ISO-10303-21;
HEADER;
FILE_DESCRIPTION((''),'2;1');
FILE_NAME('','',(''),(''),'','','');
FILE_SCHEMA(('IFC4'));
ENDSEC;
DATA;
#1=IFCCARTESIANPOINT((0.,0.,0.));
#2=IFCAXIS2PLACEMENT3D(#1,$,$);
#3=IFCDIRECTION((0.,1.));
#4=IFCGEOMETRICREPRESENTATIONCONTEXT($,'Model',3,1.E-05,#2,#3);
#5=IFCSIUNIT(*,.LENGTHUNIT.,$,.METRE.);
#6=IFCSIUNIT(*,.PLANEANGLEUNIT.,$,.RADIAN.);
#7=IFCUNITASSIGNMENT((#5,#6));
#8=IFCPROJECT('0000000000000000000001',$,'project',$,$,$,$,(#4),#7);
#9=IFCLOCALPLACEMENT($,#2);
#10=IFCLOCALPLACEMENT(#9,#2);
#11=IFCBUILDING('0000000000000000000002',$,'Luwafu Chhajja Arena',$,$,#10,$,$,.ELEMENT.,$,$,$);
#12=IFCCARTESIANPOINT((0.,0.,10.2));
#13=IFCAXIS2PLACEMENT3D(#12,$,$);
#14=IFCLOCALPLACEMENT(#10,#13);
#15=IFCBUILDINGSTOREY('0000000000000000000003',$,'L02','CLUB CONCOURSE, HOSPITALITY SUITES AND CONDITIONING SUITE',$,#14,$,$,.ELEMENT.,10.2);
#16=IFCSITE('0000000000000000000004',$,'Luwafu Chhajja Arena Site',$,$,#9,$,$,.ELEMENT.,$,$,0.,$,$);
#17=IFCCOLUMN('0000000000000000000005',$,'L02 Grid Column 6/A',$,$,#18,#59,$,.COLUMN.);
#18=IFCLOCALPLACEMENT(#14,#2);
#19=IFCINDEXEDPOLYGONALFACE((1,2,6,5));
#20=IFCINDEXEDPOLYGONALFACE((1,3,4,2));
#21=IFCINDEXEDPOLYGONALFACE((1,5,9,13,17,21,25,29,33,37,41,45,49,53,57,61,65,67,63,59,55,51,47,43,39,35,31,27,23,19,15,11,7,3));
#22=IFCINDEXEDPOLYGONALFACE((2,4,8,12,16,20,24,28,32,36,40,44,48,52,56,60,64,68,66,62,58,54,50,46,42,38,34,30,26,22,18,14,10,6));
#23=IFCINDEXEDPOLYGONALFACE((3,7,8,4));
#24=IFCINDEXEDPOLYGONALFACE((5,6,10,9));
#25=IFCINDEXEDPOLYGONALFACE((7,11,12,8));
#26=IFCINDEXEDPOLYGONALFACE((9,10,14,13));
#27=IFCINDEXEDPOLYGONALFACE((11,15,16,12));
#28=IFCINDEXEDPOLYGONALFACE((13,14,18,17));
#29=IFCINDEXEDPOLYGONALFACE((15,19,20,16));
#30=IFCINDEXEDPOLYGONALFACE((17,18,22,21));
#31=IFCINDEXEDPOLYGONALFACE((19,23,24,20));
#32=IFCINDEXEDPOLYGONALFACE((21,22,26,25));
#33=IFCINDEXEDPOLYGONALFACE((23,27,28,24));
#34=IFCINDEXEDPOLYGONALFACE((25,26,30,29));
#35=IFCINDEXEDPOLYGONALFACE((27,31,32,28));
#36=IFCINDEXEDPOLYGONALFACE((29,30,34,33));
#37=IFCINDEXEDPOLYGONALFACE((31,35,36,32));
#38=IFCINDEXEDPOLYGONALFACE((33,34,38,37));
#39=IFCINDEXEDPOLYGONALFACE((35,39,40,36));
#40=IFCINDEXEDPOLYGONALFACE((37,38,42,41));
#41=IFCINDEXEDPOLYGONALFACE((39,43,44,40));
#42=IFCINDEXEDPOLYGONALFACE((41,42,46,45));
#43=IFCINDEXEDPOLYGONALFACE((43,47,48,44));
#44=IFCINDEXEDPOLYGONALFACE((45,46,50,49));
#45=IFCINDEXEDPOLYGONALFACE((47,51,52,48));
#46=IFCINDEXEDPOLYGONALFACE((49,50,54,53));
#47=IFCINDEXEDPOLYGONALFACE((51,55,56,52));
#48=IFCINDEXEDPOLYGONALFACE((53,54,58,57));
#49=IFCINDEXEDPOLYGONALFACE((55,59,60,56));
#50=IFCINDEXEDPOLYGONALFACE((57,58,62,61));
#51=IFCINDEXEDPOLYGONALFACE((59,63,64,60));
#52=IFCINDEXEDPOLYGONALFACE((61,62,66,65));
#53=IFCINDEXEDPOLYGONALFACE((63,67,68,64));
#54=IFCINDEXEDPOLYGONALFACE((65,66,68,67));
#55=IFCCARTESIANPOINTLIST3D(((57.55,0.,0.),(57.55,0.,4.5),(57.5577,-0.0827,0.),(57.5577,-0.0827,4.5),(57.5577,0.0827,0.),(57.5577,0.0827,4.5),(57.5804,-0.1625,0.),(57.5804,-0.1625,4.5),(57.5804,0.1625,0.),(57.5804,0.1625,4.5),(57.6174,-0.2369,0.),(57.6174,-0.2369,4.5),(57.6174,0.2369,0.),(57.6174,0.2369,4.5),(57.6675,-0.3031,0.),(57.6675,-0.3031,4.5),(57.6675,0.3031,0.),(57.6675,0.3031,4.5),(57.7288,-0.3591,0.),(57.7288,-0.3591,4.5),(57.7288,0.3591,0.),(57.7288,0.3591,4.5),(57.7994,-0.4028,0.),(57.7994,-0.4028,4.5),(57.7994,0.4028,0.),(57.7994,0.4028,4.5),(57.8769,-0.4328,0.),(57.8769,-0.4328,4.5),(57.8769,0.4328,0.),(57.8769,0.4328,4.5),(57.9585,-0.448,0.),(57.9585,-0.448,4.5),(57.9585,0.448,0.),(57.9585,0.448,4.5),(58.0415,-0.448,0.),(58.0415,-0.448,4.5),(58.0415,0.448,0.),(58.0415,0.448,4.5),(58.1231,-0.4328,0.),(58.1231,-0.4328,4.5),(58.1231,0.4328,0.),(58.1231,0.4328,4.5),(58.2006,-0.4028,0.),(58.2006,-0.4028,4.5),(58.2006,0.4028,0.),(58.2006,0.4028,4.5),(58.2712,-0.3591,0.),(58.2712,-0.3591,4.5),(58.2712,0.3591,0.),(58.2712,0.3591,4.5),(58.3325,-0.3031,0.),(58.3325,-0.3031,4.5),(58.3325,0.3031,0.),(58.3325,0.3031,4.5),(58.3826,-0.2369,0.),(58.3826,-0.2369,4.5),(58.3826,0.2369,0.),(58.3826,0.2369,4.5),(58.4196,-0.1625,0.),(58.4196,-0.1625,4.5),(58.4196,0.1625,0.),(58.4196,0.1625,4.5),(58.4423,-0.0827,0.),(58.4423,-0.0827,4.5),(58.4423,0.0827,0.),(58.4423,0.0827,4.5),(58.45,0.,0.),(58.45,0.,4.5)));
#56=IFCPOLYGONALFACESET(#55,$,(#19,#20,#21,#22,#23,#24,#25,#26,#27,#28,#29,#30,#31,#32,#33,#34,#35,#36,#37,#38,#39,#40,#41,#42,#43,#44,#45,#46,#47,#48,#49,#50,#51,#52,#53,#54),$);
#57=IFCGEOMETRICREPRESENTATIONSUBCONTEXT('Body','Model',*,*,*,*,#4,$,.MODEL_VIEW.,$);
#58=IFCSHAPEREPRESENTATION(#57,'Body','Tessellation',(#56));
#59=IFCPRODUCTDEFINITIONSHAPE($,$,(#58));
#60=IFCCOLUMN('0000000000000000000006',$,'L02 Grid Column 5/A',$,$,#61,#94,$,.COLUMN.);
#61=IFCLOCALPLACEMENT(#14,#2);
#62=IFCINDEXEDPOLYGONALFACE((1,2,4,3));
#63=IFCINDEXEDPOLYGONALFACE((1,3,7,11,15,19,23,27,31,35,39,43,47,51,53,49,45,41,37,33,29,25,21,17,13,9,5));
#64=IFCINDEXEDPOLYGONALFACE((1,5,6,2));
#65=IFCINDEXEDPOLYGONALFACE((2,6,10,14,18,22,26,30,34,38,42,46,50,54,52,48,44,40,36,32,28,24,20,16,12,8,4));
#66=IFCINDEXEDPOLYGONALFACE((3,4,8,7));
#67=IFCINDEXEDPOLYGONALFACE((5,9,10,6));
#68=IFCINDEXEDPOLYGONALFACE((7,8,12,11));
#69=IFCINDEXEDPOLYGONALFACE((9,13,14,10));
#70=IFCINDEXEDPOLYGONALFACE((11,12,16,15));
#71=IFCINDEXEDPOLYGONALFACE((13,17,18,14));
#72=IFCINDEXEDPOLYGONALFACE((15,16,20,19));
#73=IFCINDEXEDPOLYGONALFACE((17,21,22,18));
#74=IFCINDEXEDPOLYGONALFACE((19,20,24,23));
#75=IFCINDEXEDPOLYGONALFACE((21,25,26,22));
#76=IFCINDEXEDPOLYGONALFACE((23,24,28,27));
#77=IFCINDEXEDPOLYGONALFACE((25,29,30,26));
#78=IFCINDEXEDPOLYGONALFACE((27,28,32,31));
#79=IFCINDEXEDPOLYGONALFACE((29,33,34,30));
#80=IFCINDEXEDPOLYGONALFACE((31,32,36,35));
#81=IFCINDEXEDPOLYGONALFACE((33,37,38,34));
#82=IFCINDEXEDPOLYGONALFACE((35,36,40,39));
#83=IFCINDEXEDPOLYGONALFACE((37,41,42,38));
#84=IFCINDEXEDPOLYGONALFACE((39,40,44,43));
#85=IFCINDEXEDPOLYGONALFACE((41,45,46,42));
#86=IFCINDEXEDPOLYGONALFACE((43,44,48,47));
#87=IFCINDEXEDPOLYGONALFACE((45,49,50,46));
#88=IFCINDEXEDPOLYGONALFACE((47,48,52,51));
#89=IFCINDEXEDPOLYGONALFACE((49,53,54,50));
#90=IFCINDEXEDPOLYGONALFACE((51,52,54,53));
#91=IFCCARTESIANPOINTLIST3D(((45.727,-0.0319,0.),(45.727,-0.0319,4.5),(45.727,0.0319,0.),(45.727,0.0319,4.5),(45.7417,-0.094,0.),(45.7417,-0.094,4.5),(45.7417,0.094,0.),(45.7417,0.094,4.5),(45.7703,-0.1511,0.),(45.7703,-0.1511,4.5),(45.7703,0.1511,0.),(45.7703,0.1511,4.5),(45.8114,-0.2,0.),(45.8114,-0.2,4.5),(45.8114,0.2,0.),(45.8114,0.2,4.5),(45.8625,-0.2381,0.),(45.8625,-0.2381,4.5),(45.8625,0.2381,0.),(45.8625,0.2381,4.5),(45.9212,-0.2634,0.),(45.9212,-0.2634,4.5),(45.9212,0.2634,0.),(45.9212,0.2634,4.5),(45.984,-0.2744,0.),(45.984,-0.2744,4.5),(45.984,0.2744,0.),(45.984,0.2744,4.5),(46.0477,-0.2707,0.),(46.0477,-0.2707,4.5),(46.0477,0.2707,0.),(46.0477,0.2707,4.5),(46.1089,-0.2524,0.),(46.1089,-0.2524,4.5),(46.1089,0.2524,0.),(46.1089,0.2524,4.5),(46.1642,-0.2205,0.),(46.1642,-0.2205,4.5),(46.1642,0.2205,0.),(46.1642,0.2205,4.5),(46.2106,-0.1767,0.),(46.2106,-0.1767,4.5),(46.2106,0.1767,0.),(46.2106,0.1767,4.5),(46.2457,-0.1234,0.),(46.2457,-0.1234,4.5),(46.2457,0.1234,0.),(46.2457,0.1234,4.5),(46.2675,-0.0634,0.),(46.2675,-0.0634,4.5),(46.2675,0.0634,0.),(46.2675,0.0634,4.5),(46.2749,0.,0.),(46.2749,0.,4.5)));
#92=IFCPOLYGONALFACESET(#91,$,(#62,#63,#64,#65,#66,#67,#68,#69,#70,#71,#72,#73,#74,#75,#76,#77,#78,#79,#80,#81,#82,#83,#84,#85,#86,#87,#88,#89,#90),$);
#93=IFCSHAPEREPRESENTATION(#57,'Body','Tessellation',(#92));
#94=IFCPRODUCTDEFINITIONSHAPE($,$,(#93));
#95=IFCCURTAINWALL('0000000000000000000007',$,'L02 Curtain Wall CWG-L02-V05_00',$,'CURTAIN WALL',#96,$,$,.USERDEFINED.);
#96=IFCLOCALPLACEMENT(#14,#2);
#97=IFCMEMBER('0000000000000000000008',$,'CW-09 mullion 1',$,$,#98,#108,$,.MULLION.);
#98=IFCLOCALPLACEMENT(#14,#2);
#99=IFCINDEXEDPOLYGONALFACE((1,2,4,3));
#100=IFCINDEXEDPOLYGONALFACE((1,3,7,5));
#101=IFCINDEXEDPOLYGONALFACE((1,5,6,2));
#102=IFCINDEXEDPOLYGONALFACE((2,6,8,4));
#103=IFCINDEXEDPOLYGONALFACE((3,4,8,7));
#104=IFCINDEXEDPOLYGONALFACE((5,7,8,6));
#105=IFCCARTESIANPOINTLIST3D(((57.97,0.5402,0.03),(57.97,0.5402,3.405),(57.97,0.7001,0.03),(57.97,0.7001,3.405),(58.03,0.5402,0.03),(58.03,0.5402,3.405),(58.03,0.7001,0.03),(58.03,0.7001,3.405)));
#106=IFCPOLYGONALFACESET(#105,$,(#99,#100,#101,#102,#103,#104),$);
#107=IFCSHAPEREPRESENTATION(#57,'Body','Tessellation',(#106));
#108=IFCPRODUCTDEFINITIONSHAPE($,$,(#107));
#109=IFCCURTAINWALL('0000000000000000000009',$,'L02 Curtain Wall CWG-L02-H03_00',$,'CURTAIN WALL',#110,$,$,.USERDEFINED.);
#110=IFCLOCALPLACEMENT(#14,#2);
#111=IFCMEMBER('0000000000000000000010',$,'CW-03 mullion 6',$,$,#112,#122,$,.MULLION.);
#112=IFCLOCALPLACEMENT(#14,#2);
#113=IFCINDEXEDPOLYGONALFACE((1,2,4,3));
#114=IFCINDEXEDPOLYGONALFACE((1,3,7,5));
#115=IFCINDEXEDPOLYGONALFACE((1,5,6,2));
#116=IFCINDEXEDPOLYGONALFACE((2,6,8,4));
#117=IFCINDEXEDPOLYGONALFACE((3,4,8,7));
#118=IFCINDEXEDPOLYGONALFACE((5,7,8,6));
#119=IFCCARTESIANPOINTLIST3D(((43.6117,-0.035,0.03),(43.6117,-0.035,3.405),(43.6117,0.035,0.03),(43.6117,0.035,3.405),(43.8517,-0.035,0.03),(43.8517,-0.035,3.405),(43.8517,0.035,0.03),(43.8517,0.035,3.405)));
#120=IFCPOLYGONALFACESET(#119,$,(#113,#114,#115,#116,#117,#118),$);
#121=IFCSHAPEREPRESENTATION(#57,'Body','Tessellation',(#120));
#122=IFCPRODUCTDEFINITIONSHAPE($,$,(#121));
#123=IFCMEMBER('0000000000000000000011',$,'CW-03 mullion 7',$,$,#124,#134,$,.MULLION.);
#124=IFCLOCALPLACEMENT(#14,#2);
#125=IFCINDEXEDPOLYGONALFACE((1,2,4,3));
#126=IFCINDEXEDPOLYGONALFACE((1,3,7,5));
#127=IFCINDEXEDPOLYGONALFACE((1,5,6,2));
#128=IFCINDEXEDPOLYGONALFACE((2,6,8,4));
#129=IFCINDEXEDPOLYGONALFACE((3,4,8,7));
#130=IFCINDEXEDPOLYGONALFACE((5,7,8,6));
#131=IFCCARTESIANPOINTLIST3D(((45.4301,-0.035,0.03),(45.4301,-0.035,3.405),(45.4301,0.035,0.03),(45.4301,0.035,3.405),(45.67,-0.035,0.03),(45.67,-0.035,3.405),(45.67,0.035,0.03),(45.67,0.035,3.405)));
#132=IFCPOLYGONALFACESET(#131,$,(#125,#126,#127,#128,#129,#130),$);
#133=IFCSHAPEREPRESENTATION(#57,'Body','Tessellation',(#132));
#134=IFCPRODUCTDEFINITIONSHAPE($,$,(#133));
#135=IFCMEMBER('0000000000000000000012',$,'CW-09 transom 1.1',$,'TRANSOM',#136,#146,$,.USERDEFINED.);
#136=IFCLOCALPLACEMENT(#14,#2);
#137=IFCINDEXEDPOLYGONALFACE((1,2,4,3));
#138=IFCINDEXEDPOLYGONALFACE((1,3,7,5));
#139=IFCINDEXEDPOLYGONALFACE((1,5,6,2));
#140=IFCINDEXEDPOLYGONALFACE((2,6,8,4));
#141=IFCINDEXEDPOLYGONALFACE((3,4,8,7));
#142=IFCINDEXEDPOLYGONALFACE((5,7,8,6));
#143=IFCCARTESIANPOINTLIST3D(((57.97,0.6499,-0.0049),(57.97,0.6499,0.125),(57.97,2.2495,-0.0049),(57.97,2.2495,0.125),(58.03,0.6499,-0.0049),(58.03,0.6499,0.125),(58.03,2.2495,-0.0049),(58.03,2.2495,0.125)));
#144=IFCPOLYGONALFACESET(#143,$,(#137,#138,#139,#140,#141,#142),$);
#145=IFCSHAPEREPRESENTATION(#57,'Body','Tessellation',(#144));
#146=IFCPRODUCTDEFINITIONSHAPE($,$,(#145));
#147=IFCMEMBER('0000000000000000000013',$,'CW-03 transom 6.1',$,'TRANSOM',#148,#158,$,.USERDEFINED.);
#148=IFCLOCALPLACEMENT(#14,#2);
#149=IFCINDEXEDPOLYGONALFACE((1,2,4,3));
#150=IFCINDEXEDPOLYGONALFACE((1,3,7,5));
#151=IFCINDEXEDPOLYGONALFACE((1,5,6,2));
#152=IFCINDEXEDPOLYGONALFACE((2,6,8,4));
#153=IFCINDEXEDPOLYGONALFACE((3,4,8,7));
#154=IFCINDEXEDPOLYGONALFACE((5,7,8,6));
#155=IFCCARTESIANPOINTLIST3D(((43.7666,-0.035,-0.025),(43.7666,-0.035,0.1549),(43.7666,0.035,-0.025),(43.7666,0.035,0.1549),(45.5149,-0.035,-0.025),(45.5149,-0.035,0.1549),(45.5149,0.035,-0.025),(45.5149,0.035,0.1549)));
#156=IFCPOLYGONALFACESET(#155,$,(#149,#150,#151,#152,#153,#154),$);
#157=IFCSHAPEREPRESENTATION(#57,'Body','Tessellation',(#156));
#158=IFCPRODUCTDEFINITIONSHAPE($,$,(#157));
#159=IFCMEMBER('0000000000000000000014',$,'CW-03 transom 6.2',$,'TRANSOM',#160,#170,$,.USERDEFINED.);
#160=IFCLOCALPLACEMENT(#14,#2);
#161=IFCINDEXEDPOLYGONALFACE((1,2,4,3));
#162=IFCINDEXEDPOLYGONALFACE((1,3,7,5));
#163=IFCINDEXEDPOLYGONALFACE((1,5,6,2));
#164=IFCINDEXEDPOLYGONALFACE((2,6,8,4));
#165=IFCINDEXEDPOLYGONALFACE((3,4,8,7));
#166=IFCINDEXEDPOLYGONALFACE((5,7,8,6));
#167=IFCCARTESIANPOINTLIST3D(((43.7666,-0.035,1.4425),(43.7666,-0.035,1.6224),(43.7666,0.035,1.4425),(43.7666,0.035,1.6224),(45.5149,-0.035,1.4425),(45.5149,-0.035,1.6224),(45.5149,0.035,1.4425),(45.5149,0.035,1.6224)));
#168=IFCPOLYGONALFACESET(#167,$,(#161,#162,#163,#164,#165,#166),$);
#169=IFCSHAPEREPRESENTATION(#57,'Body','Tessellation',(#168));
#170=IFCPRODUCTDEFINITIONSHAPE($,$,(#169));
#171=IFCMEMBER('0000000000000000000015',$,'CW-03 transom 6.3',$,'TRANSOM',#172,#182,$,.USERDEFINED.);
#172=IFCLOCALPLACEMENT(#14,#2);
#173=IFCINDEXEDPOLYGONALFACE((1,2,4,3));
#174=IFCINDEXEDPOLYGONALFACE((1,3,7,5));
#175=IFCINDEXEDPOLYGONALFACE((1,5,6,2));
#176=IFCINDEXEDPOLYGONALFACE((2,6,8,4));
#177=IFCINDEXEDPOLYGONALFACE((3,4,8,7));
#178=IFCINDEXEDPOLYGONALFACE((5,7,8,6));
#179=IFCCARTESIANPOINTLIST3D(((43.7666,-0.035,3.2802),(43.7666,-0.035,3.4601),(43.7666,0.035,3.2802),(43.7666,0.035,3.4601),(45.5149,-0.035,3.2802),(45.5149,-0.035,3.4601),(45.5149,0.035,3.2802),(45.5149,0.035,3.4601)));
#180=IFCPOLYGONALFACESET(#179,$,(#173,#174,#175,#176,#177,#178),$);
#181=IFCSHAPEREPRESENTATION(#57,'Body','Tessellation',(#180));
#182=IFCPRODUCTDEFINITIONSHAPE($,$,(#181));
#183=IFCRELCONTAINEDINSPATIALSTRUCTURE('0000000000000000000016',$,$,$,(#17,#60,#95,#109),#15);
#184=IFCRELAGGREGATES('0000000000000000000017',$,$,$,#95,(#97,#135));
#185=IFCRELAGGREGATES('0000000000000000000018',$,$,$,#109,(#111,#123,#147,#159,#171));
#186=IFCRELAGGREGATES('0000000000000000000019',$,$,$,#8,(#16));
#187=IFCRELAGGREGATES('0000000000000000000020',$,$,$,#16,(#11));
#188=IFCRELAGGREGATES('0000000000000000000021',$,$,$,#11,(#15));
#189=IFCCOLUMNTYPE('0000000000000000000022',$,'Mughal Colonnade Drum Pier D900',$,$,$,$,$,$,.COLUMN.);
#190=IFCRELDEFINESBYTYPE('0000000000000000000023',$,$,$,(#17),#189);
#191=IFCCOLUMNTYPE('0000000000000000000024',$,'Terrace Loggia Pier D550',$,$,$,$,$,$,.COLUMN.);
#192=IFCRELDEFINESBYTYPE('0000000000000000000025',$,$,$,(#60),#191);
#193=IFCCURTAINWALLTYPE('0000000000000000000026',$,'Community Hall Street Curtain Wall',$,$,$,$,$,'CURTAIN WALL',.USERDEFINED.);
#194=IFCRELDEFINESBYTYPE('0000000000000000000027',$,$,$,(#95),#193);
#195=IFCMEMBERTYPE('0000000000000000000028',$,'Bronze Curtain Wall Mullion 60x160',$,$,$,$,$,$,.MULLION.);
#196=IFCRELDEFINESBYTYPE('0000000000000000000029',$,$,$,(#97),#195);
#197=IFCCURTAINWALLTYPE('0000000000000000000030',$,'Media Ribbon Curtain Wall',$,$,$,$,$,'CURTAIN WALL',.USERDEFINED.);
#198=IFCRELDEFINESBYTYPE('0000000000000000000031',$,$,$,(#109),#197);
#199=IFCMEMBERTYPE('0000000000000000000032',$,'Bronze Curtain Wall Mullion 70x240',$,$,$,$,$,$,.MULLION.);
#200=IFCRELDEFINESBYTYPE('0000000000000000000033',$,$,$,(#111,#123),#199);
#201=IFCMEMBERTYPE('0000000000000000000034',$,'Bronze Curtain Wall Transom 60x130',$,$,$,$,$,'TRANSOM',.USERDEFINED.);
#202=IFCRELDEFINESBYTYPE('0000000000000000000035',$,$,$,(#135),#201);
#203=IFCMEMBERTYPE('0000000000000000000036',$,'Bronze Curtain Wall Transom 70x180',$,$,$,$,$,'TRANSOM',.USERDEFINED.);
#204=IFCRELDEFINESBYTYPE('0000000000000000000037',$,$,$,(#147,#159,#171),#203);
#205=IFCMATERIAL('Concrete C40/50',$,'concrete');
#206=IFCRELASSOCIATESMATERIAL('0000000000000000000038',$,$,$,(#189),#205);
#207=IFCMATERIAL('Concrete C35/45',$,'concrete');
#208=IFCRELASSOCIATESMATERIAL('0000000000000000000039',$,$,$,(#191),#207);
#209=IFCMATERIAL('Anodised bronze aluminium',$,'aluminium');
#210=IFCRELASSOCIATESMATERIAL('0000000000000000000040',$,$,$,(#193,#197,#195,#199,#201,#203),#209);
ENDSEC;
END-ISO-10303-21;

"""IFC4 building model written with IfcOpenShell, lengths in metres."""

from ifc_helpers import new_model, si_unit, direction, frame, origin, origin_2d, place, context, subcontext, project, spatial, rectangle, circle, extrude, material, material_profile, profile_set, type_object, element, aggregate, save


model = new_model("IFC4")

# Units and contexts
model_context = context("Model", 3, precision=1e-05, world=origin(), true_north=direction((0.0, 1.0)))
body_context = subcontext(model_context, "Body", "Model", "MODEL_VIEW")
ifc_project = project(units=[si_unit("LENGTHUNIT", "METRE"), si_unit("PLANEANGLEUNIT", "RADIAN")], contexts=[model_context])

# Site, building, storey
site_placement = place(None, origin())
site = spatial("IfcSite", under=ifc_project, at=site_placement, Name="Luwafu Chhajja Arena Site", CompositionType="ELEMENT", RefElevation=0.0)
building_placement = place(site_placement, origin())
building = spatial("IfcBuilding", under=site, at=building_placement, Name="Luwafu Chhajja Arena", CompositionType="ELEMENT")
storey_placement = place(building_placement, frame((0.0, 0.0, 10.2)))
storey = spatial("IfcBuildingStorey", under=building, at=storey_placement, Name="L02", Description="CLUB CONCOURSE, HOSPITALITY SUITES AND CONDITIONING SUITE", CompositionType="ELEMENT", Elevation=10.2)

# Columns
ifc_material_1 = material(Name="Concrete C40/50", Category="concrete")
ifc_material_profile_1 = material_profile(ifc_material_1, circle(Radius=0.45, at=origin_2d()), Name="RC COL D900")
ifc_profile_set_1 = profile_set([ifc_material_profile_1], Name="Concrete C40/50")
column_type_1 = type_object("IfcColumnType", Name="Mughal Colonnade Drum Pier D900", PredefinedType="COLUMN", material=ifc_profile_set_1)
column_1_placement = place(storey_placement, frame((58.0, 0.0, 0.0), z_axis=(0.0, 0.0, 1.0), x_axis=(1.0, 0.0, 0.0)))
element("IfcColumn", 1, at=column_1_placement, inside=storey, type_object=column_type_1, Name="L02 Grid Column 6/A", PredefinedType="COLUMN", context=body_context, shape_type="SweptSolid", body=[
    extrude(circle(Radius=0.45, at=origin_2d()), origin(), (0.0, 0.0, 1.0), 4.5),
])
ifc_material_2 = material(Name="Concrete C35/45", Category="concrete")
ifc_material_profile_2 = material_profile(ifc_material_2, circle(Radius=0.2749, at=origin_2d()), Name="RC COL D550")
ifc_profile_set_2 = profile_set([ifc_material_profile_2], Name="Concrete C35/45")
column_type_2 = type_object("IfcColumnType", Name="Terrace Loggia Pier D550", PredefinedType="COLUMN", material=ifc_profile_set_2)
column_2_placement = place(storey_placement, frame((46.0, 0.0, 0.0), z_axis=(0.0, 0.0, 1.0), x_axis=(1.0, 0.0, 0.0)))
element("IfcColumn", 2, at=column_2_placement, inside=storey, type_object=column_type_2, Name="L02 Grid Column 5/A", PredefinedType="COLUMN", context=body_context, shape_type="SweptSolid", body=[
    extrude(circle(Radius=0.2749, at=origin_2d()), origin(), (0.0, 0.0, 1.0), 4.5),
])

# Curtain wall, member
ifc_material_3 = material(Name="Anodised bronze aluminium", Category="aluminium")
curtain_wall_type_1 = type_object("IfcCurtainWallType", Name="Community Hall Street Curtain Wall", ElementType="CURTAIN WALL", PredefinedType="USERDEFINED", material=ifc_material_3)
curtain_wall_1_placement = place(storey_placement, origin())
curtain_wall_1 = element("IfcCurtainWall", 3, at=curtain_wall_1_placement, inside=storey, type_object=curtain_wall_type_1, Name="L02 Curtain Wall CWG-L02-V05_00", ObjectType="CURTAIN WALL", PredefinedType="USERDEFINED")
ifc_material_profile_3 = material_profile(ifc_material_3, rectangle(XDim=0.0601, YDim=0.1599, at=origin_2d()), Name="CWM 60x160")
ifc_profile_set_3 = profile_set([ifc_material_profile_3], Name="Anodised bronze aluminium")
member_type_1 = type_object("IfcMemberType", Name="Bronze Curtain Wall Mullion 60x160", PredefinedType="MULLION", material=ifc_profile_set_3)
member_1_placement = place(storey_placement, frame((58.0, 0.6201, 0.03), z_axis=(0.0, 0.0, 1.0), x_axis=(-1.0, 0.0, 0.0)))
member_1 = element("IfcMember", 4, at=member_1_placement, type_object=member_type_1, Name="CW-09 mullion 1", PredefinedType="MULLION", context=body_context, shape_type="SweptSolid", body=[
    extrude(rectangle(XDim=0.0601, YDim=0.1599, at=origin_2d()), origin(), (0.0, 0.0, 1.0), 3.375),
])

# Curtain wall, members
curtain_wall_type_2 = type_object("IfcCurtainWallType", Name="Media Ribbon Curtain Wall", ElementType="CURTAIN WALL", PredefinedType="USERDEFINED", material=ifc_material_3)
curtain_wall_2_placement = place(storey_placement, origin())
curtain_wall_2 = element("IfcCurtainWall", 5, at=curtain_wall_2_placement, inside=storey, type_object=curtain_wall_type_2, Name="L02 Curtain Wall CWG-L02-H03_00", ObjectType="CURTAIN WALL", PredefinedType="USERDEFINED")
ifc_material_profile_4 = material_profile(ifc_material_3, rectangle(XDim=0.0701, YDim=0.24, at=origin_2d()), Name="CWM 70x240")
ifc_profile_set_4 = profile_set([ifc_material_profile_4], Name="Anodised bronze aluminium")
member_type_2 = type_object("IfcMemberType", Name="Bronze Curtain Wall Mullion 70x240", PredefinedType="MULLION", material=ifc_profile_set_4)
member_2_placement = place(storey_placement, frame((43.7317, 0.0, 0.03), z_axis=(0.0, 0.0, 1.0), x_axis=(0.0, 1.0, 0.0)))
member_2 = element("IfcMember", 6, at=member_2_placement, type_object=member_type_2, Name="CW-03 mullion 6", PredefinedType="MULLION", context=body_context, shape_type="SweptSolid", body=[
    extrude(rectangle(XDim=0.0701, YDim=0.24, at=origin_2d()), origin(), (0.0, 0.0, 1.0), 3.375),
])
member_3_placement = place(storey_placement, frame((45.55, 0.0, 0.03), z_axis=(0.0, 0.0, 1.0), x_axis=(0.0, 1.0, 0.0)))
member_3 = element("IfcMember", 7, at=member_3_placement, type_object=member_type_2, Name="CW-03 mullion 7", PredefinedType="MULLION", context=body_context, shape_type="SweptSolid", body=[
    extrude(rectangle(XDim=0.0701, YDim=0.24, at=origin_2d()), origin(), (0.0, 0.0, 1.0), 3.375),
])

# Members
ifc_material_profile_5 = material_profile(ifc_material_3, rectangle(XDim=0.0601, YDim=0.1299, at=origin_2d()), Name="CWT 60x130")
ifc_profile_set_5 = profile_set([ifc_material_profile_5], Name="Anodised bronze aluminium")
member_type_3 = type_object("IfcMemberType", Name="Bronze Curtain Wall Transom 60x130", ElementType="TRANSOM", PredefinedType="USERDEFINED", material=ifc_profile_set_5)
member_4_placement = place(storey_placement, frame((58.0, 0.6499, 0.0601), z_axis=(0.0, 1.0, 0.0), x_axis=(-1.0, 0.0, 0.0)))
member_4 = element("IfcMember", 8, at=member_4_placement, type_object=member_type_3, Name="CW-09 transom 1.1", ObjectType="TRANSOM", PredefinedType="USERDEFINED", context=body_context, shape_type="SweptSolid", body=[
    extrude(rectangle(XDim=0.0601, YDim=0.1299, at=origin_2d()), origin(), (0.0, 0.0, 1.0), 1.5996),
])
aggregate(curtain_wall_1, [member_1, member_4])
ifc_material_profile_6 = material_profile(ifc_material_3, rectangle(XDim=0.0701, YDim=0.1799, at=origin_2d()), Name="CWT 70x180")
ifc_profile_set_6 = profile_set([ifc_material_profile_6], Name="Anodised bronze aluminium")
member_type_4 = type_object("IfcMemberType", Name="Bronze Curtain Wall Transom 70x180", ElementType="TRANSOM", PredefinedType="USERDEFINED", material=ifc_profile_set_6)
member_5_placement = place(storey_placement, frame((43.7666, 0.0, 0.0649), z_axis=(1.0, 0.0, 0.0), x_axis=(0.0, 1.0, 0.0)))
member_5 = element("IfcMember", 9, at=member_5_placement, type_object=member_type_4, Name="CW-03 transom 6.1", ObjectType="TRANSOM", PredefinedType="USERDEFINED", context=body_context, shape_type="SweptSolid", body=[
    extrude(rectangle(XDim=0.0701, YDim=0.1799, at=origin_2d()), origin(), (0.0, 0.0, 1.0), 1.7483),
])
member_6_placement = place(storey_placement, frame((43.7666, 0.0, 1.5325), z_axis=(1.0, 0.0, 0.0), x_axis=(0.0, 1.0, 0.0)))
member_6 = element("IfcMember", 10, at=member_6_placement, type_object=member_type_4, Name="CW-03 transom 6.2", ObjectType="TRANSOM", PredefinedType="USERDEFINED", context=body_context, shape_type="SweptSolid", body=[
    extrude(rectangle(XDim=0.0701, YDim=0.1799, at=origin_2d()), origin(), (0.0, 0.0, 1.0), 1.7483),
])
member_7_placement = place(storey_placement, frame((43.7666, 0.0, 3.3701), z_axis=(1.0, 0.0, 0.0), x_axis=(0.0, 1.0, 0.0)))
member_7 = element("IfcMember", 11, at=member_7_placement, type_object=member_type_4, Name="CW-03 transom 6.3", ObjectType="TRANSOM", PredefinedType="USERDEFINED", context=body_context, shape_type="SweptSolid", body=[
    extrude(rectangle(XDim=0.0701, YDim=0.1799, at=origin_2d()), origin(), (0.0, 0.0, 1.0), 1.7483),
])

aggregate(curtain_wall_2, [member_2, member_3, member_5, member_6, member_7])

save(model, "model.ifc")
